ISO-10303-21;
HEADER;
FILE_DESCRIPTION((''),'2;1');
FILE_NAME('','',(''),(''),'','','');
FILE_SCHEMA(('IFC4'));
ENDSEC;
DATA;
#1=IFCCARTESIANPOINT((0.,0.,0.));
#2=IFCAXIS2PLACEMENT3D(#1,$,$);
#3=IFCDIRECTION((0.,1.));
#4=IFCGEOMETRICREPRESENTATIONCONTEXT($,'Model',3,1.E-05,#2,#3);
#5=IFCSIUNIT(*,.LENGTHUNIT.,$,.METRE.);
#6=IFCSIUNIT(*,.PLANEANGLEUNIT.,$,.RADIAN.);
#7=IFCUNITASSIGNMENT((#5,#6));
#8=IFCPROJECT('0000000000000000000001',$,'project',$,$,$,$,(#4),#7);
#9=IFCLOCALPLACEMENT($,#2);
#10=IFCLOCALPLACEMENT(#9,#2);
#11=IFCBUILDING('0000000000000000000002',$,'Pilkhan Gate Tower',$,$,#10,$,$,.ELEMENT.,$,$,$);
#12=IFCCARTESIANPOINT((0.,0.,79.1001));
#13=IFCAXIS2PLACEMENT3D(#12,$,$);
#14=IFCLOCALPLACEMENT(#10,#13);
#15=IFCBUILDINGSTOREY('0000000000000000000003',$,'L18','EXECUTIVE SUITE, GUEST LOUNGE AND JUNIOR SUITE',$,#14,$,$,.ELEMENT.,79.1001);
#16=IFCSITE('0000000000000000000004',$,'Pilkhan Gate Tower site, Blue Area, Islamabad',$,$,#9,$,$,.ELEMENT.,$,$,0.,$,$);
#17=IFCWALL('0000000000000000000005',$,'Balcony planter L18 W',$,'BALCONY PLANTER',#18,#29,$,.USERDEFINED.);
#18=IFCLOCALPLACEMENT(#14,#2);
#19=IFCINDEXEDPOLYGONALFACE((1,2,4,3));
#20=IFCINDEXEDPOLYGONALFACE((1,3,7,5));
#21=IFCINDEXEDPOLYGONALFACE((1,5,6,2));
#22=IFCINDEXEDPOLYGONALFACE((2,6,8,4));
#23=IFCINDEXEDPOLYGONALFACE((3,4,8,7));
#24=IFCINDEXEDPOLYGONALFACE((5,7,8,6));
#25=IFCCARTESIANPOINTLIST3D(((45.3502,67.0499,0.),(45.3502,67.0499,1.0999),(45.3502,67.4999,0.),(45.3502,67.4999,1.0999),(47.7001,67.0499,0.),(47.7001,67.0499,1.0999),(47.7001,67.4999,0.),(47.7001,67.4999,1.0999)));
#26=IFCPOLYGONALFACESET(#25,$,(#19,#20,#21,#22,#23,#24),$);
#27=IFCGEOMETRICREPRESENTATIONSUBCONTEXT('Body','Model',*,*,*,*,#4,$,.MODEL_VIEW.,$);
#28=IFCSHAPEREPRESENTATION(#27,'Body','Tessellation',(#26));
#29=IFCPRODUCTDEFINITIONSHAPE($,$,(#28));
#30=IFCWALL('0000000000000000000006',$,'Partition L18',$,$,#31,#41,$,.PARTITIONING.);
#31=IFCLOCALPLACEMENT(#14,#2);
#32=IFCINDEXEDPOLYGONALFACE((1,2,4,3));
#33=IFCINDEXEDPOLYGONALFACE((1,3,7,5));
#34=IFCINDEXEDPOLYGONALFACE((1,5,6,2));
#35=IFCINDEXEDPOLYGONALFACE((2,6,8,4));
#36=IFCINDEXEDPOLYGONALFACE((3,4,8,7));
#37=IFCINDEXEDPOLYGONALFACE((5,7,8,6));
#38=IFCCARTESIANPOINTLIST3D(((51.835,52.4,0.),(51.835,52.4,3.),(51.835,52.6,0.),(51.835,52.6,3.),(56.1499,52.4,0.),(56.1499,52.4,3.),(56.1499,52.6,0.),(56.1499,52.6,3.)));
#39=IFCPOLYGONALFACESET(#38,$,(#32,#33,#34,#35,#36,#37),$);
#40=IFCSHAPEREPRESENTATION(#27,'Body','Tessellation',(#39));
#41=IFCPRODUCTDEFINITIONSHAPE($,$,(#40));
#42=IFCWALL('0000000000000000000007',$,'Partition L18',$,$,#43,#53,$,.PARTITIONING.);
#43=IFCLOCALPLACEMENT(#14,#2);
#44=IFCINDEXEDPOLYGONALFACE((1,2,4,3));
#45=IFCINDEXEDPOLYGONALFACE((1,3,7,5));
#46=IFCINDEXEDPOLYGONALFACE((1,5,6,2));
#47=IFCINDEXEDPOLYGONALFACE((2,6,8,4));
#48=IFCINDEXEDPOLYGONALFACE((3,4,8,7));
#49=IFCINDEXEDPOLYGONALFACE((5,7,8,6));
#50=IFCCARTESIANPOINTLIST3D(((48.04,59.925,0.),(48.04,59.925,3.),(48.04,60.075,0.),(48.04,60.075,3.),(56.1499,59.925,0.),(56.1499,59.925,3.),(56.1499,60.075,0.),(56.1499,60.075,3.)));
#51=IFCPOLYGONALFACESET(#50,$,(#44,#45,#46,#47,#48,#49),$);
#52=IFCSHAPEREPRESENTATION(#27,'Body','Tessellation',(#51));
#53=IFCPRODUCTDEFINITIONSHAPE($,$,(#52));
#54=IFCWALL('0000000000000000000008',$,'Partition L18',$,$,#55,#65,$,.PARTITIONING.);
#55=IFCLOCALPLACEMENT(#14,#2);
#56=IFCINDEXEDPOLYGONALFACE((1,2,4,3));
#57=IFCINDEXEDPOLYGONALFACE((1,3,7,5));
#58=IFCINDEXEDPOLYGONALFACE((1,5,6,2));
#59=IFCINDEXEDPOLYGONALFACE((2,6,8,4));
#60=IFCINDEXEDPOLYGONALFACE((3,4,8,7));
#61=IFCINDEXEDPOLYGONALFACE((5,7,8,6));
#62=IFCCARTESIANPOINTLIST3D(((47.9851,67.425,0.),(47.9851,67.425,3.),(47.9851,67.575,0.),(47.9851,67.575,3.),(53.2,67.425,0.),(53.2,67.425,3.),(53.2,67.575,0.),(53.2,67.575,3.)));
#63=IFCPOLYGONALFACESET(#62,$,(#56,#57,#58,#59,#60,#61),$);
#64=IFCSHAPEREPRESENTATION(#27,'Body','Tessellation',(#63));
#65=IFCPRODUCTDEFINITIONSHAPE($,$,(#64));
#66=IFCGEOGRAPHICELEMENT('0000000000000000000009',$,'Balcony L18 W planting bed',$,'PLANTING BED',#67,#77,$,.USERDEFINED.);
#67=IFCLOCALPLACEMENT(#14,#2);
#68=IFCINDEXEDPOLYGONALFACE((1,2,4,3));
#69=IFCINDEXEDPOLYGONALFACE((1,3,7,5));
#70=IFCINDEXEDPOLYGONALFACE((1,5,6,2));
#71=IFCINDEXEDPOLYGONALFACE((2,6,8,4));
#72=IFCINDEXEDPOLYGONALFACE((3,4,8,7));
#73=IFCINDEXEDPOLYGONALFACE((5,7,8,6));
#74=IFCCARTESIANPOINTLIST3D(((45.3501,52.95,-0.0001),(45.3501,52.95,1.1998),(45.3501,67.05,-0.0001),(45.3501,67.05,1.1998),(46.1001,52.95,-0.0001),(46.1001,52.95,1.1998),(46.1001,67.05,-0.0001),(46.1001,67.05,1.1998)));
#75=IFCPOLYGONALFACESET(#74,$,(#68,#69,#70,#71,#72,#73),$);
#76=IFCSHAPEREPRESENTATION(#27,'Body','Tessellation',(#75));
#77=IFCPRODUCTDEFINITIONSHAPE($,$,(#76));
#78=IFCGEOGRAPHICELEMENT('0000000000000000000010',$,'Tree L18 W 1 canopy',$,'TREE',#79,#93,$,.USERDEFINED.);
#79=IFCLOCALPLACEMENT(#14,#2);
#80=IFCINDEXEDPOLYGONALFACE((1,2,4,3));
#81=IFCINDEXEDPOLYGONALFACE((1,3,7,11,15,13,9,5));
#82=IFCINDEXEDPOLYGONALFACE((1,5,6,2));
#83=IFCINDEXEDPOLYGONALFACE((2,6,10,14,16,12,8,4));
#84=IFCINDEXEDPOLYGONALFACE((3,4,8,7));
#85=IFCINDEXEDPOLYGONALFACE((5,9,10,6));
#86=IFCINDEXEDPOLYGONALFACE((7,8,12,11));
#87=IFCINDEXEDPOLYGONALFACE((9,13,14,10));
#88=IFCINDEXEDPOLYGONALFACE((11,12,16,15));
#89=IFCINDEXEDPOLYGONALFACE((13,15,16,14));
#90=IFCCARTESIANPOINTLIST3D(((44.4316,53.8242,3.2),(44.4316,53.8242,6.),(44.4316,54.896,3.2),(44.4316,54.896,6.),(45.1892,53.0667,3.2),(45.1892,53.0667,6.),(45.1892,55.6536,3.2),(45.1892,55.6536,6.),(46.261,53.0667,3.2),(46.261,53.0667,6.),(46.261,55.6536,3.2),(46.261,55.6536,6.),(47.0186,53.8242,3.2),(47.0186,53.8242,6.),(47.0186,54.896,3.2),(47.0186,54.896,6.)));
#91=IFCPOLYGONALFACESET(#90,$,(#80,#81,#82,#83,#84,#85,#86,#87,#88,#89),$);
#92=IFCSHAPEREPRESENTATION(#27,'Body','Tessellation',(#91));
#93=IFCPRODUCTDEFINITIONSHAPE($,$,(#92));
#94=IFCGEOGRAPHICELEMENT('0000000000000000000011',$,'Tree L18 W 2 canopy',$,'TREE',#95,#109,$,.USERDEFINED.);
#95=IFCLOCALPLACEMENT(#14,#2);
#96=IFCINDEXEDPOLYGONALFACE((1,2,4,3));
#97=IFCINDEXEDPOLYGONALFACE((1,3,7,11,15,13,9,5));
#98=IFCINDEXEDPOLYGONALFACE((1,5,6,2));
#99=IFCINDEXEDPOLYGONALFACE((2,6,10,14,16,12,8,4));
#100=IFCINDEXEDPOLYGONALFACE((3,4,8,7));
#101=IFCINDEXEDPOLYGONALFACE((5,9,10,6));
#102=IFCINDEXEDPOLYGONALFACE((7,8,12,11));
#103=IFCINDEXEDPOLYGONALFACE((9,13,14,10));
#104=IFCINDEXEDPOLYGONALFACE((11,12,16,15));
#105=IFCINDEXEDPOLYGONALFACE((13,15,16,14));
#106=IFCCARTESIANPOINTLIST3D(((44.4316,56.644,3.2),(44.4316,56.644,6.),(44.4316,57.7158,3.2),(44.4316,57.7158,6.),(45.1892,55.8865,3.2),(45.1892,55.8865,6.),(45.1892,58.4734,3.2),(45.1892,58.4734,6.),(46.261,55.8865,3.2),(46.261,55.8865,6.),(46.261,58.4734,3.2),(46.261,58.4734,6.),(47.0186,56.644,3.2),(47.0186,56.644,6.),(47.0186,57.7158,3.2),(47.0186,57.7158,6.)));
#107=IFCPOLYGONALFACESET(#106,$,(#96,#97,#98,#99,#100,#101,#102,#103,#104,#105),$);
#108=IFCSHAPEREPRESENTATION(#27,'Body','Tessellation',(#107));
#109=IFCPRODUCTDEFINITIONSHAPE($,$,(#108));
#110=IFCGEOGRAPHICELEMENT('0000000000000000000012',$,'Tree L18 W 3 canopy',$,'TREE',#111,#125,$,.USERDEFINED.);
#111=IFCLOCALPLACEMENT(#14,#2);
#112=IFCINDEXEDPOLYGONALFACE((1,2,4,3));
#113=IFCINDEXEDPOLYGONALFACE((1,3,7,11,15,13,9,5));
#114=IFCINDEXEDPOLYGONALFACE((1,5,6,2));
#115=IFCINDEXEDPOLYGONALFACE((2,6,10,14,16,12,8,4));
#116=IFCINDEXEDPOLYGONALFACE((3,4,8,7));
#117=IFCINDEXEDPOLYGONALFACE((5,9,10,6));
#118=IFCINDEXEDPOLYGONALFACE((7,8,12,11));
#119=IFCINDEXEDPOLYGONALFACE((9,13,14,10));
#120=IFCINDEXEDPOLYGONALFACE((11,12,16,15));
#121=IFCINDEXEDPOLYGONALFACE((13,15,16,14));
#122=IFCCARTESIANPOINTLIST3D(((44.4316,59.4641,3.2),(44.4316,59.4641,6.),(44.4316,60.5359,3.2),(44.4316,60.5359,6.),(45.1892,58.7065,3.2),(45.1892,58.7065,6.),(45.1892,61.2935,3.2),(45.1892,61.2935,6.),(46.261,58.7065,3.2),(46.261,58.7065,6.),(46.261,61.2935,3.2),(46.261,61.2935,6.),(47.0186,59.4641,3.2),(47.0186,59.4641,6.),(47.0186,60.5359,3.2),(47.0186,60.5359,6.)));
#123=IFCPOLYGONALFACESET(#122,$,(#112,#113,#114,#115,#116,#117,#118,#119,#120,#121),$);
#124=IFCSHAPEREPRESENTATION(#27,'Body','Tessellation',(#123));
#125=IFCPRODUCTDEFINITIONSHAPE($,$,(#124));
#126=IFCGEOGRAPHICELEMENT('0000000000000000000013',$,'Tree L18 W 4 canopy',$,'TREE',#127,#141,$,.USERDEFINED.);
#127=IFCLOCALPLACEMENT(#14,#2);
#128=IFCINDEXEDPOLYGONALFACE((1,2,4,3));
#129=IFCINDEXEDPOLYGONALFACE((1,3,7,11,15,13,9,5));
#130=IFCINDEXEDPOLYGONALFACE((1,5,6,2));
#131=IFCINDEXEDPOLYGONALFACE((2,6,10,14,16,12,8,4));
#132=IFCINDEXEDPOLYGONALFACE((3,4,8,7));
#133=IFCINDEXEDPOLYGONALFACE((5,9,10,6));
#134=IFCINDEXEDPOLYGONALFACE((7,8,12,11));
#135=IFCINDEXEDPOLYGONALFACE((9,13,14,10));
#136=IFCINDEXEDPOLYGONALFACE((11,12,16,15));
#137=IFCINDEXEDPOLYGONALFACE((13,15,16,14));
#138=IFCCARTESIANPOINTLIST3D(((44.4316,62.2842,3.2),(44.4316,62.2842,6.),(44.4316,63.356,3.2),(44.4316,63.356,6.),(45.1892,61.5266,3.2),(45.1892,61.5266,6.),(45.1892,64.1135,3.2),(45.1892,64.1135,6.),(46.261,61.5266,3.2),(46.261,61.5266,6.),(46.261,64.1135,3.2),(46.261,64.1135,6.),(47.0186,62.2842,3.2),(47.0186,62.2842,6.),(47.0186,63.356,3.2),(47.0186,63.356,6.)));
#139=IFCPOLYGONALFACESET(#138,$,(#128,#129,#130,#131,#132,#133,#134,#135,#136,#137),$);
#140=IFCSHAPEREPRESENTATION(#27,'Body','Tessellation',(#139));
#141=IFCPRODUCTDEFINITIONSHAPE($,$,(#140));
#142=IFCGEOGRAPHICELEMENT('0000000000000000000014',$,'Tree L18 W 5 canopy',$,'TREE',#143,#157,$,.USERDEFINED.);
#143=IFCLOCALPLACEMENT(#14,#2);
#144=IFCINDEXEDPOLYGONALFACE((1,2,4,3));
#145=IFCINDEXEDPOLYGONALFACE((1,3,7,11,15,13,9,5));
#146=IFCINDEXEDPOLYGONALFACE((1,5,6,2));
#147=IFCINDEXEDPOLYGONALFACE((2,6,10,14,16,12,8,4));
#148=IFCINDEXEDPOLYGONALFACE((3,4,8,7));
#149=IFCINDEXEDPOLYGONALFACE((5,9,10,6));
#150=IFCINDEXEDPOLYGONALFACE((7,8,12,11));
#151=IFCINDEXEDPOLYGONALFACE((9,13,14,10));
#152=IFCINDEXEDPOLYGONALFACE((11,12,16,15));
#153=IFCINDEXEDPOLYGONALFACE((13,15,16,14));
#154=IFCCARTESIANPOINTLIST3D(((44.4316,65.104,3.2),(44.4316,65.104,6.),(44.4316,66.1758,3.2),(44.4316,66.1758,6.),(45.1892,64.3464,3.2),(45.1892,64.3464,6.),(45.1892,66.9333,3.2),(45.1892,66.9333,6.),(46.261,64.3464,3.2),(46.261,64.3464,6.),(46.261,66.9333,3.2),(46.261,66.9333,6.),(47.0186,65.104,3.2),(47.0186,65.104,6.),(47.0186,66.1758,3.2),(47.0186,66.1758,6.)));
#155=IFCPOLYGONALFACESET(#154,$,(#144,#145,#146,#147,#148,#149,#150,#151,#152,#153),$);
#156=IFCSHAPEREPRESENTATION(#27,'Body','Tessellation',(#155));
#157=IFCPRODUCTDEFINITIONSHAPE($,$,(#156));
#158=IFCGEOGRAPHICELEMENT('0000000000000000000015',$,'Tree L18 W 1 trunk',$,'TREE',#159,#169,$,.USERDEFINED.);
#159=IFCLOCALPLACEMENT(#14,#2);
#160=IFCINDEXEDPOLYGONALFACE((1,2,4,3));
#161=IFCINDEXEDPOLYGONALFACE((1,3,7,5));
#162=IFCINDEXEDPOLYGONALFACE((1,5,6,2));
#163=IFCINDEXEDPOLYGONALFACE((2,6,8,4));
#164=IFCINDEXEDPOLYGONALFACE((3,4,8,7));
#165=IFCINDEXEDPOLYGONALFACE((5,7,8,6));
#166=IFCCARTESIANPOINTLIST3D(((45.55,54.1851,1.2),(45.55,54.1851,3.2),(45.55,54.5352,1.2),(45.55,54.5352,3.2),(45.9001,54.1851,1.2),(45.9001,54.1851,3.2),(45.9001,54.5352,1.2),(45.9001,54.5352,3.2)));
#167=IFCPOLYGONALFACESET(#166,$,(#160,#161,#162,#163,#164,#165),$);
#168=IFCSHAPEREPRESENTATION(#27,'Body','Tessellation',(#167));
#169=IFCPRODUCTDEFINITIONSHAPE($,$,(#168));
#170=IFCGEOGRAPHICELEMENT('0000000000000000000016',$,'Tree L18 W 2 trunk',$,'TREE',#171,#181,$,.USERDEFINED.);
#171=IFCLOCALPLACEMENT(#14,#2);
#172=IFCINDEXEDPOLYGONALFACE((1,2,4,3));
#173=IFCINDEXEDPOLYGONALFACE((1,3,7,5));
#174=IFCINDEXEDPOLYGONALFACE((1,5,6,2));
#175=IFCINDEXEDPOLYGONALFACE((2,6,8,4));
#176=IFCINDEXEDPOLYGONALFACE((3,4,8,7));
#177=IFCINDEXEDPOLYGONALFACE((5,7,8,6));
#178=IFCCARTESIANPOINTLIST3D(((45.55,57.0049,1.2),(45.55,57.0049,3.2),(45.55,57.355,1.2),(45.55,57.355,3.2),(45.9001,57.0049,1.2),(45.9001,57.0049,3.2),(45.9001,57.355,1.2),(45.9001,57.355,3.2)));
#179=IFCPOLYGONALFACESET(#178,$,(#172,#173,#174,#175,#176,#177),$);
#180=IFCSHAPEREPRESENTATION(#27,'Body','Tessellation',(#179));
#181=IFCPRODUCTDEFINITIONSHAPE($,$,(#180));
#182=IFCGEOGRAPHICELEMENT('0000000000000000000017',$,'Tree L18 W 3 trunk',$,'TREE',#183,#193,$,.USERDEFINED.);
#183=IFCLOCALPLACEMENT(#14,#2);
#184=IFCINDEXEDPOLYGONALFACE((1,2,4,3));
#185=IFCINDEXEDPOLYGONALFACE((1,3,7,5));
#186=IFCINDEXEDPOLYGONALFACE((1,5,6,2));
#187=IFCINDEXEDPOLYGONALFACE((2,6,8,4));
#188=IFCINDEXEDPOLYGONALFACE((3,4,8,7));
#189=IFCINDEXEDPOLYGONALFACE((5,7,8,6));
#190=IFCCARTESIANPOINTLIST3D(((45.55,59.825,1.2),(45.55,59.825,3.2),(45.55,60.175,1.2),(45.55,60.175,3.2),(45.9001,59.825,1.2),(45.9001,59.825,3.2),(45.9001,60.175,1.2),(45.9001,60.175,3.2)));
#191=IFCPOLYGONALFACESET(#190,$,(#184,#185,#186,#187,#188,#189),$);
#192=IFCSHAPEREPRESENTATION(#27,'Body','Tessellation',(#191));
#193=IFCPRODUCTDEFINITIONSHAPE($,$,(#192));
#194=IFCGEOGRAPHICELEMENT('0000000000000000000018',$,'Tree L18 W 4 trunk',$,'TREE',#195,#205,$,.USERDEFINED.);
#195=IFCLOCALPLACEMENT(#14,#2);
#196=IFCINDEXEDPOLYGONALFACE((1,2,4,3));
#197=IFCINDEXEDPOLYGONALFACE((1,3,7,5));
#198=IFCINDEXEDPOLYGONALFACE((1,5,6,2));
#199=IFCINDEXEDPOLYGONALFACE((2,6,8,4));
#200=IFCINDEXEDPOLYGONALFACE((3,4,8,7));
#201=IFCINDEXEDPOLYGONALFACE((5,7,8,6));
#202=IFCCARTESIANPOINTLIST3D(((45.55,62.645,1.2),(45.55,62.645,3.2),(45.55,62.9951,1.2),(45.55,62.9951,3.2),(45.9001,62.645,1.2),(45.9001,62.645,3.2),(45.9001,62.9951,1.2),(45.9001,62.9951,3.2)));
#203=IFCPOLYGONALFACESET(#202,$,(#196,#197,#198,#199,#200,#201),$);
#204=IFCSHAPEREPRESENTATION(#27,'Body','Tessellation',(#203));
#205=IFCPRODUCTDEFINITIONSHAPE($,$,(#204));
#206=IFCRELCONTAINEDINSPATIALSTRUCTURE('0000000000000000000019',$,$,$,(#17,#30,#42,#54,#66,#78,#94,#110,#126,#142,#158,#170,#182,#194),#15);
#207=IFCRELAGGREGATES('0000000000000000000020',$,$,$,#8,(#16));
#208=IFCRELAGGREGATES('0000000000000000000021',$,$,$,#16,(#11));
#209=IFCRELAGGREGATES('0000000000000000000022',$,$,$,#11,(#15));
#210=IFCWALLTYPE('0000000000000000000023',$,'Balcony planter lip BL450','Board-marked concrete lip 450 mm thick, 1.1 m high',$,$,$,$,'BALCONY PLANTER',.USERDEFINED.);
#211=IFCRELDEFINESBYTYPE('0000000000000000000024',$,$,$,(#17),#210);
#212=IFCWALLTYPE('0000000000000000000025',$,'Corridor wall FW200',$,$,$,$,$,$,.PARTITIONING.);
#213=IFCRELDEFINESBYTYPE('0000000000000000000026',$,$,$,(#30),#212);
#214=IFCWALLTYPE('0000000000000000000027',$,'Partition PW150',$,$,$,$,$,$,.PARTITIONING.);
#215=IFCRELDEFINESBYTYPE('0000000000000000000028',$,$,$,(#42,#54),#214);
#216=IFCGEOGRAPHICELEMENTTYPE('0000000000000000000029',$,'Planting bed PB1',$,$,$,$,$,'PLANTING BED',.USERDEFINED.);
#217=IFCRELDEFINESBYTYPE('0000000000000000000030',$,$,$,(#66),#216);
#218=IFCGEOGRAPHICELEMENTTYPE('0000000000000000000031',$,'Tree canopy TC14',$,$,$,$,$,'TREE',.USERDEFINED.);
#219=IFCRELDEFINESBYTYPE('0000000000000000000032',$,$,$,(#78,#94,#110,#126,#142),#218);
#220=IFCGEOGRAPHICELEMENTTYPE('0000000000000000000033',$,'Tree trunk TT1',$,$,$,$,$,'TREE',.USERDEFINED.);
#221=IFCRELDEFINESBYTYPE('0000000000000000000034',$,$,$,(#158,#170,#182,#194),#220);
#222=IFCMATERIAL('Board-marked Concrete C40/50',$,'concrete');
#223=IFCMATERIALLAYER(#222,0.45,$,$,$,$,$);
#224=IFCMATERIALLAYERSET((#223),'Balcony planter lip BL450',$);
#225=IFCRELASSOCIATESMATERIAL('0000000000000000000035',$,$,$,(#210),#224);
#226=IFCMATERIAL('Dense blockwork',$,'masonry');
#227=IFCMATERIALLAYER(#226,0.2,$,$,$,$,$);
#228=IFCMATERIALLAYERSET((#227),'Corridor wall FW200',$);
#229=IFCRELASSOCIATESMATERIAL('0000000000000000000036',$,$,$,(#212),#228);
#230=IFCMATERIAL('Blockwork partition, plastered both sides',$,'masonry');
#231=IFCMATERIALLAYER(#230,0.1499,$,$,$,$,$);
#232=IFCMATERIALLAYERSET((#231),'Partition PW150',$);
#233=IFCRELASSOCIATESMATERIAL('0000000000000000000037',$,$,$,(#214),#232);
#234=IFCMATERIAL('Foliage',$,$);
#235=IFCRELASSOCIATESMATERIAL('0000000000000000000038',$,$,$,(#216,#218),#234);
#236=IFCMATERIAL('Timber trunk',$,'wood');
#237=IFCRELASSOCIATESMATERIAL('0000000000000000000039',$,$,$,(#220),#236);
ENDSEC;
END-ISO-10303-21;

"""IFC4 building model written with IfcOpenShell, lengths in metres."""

from ifc_helpers import new_model, si_unit, direction, frame, frame_2d, origin, origin_2d, place, context, subcontext, project, spatial, polyline, rectangle, outline, extrude, material, layer, layer_set, material_profile, profile_set, type_object, element, save


model = new_model("IFC4")

# Units and contexts
model_context = context("Model", 3, precision=1e-05, world=origin(), true_north=direction((0.0, 1.0)))
body_context = subcontext(model_context, "Body", "Model", "MODEL_VIEW")
ifc_project = project(units=[si_unit("LENGTHUNIT", "METRE"), si_unit("PLANEANGLEUNIT", "RADIAN")], contexts=[model_context])

# Site, building, storey
site_placement = place(None, origin())
site = spatial("IfcSite", under=ifc_project, at=site_placement, Name="Pilkhan Gate Tower site, Blue Area, Islamabad", CompositionType="ELEMENT", RefElevation=0.0)
building_placement = place(site_placement, origin())
building = spatial("IfcBuilding", under=site, at=building_placement, Name="Pilkhan Gate Tower", CompositionType="ELEMENT")
storey_placement = place(building_placement, frame((0.0, 0.0, 79.1001)))
storey = spatial("IfcBuildingStorey", under=building, at=storey_placement, Name="L18", Description="EXECUTIVE SUITE, GUEST LOUNGE AND JUNIOR SUITE", CompositionType="ELEMENT", Elevation=79.1001)

# Walls
ifc_material_1 = material(Name="Board-marked Concrete C40/50", Category="concrete")
ifc_layer_1 = layer(ifc_material_1, 0.45)
ifc_layer_set_1 = layer_set([ifc_layer_1], Name="Balcony planter lip BL450")
wall_type_1 = type_object("IfcWallType", Name="Balcony planter lip BL450", Description="Board-marked concrete lip 450 mm thick, 1.1 m high", ElementType="BALCONY PLANTER", PredefinedType="USERDEFINED", material=ifc_layer_set_1)
for number, where, z_axis, x_axis, name in (
    (1, (47.7, 67.2749, 0.0), (0.0, 0.0, 1.0), (-1.0, 0.0, 0.0), "Balcony planter L18 W"),
):
    element("IfcWall", number, at=place(storey_placement, frame(where, z_axis=z_axis, x_axis=x_axis)), inside=storey, type_object=wall_type_1, Name=name, ObjectType="BALCONY PLANTER", PredefinedType="USERDEFINED", context=body_context, shape_type="SweptSolid", body=[
        extrude(rectangle(XDim=2.3499, YDim=0.45, at=frame_2d((1.1748, 0.0))), origin(), (0.0, 0.0, 1.0), 1.0999),
    ])
ifc_material_2 = material(Name="Dense blockwork", Category="masonry")
ifc_layer_2 = layer(ifc_material_2, 0.2)
ifc_layer_set_2 = layer_set([ifc_layer_2], Name="Corridor wall FW200")
wall_type_2 = type_object("IfcWallType", Name="Corridor wall FW200", PredefinedType="PARTITIONING", material=ifc_layer_set_2)
wall_1_placement = place(storey_placement, frame((51.835, 52.5, 0.0), z_axis=(0.0, 0.0, 1.0), x_axis=(1.0, 0.0, 0.0)))
element("IfcWall", 2, at=wall_1_placement, inside=storey, type_object=wall_type_2, Name="Partition L18", PredefinedType="PARTITIONING", context=body_context, shape_type="SweptSolid", body=[
    extrude(rectangle(XDim=4.3149, YDim=0.2, at=frame_2d((2.1575, 0.0))), origin(), (0.0, 0.0, 1.0), 3.0),
])

# Walls
ifc_material_3 = material(Name="Blockwork partition, plastered both sides", Category="masonry")
ifc_layer_3 = layer(ifc_material_3, 0.1499)
ifc_layer_set_3 = layer_set([ifc_layer_3], Name="Partition PW150")
wall_type_3 = type_object("IfcWallType", Name="Partition PW150", PredefinedType="PARTITIONING", material=ifc_layer_set_3)
wall_2_placement = place(storey_placement, frame((48.04, 60.0, 0.0), z_axis=(0.0, 0.0, 1.0), x_axis=(1.0, 0.0, 0.0)))
element("IfcWall", 3, at=wall_2_placement, inside=storey, type_object=wall_type_3, Name="Partition L18", PredefinedType="PARTITIONING", context=body_context, shape_type="SweptSolid", body=[
    extrude(rectangle(XDim=8.1099, YDim=0.1499, at=frame_2d((4.0549, 0.0))), origin(), (0.0, 0.0, 1.0), 3.0),
])
wall_3_placement = place(storey_placement, frame((47.9851, 67.5, 0.0), z_axis=(0.0, 0.0, 1.0), x_axis=(1.0, 0.0, 0.0)))
element("IfcWall", 4, at=wall_3_placement, inside=storey, type_object=wall_type_3, Name="Partition L18", PredefinedType="PARTITIONING", context=body_context, shape_type="SweptSolid", body=[
    extrude(rectangle(XDim=5.2148, YDim=0.1499, at=frame_2d((2.6074, 0.0))), origin(), (0.0, 0.0, 1.0), 3.0),
])

# Geographic elements
ifc_material_4 = material(Name="Foliage")
ifc_material_profile_1 = material_profile(ifc_material_4, rectangle(XDim=0.75, YDim=1.2, at=origin_2d()), Name="Bed 750x1200")
ifc_profile_set_1 = profile_set([ifc_material_profile_1], Name="Foliage")
geographic_element_type_1 = type_object("IfcGeographicElementType", Name="Planting bed PB1", ElementType="PLANTING BED", PredefinedType="USERDEFINED", material=ifc_profile_set_1)
geographic_element_placement = place(storey_placement, frame((45.7251, 52.95, 0.5999), z_axis=(0.0, 1.0, 0.0), x_axis=(-1.0, 0.0, 0.0)))
element("IfcGeographicElement", 5, at=geographic_element_placement, inside=storey, type_object=geographic_element_type_1, Name="Balcony L18 W planting bed", ObjectType="PLANTING BED", PredefinedType="USERDEFINED", context=body_context, shape_type="SweptSolid", body=[
    extrude(rectangle(XDim=0.75, YDim=1.2, at=origin_2d()), origin(), (0.0, 0.0, 1.0), 14.1001),
])
ifc_material_profile_2 = material_profile(ifc_material_4, outline(polyline([(1.2935, 0.5359), (0.5359, 1.2935), (-0.5359, 1.2935), (-1.2935, 0.5359), (-1.2935, -0.5359), (-0.5359, -1.2935), (0.5359, -1.2935), (1.2935, -0.5359), (1.2935, 0.5359)])), Name="Canopy D2.8")
ifc_profile_set_2 = profile_set([ifc_material_profile_2], Name="Foliage")
geographic_element_type_2 = type_object("IfcGeographicElementType", Name="Tree canopy TC14", ElementType="TREE", PredefinedType="USERDEFINED", material=ifc_profile_set_2)
for number, where, z_axis, x_axis, name in (
    (6, (45.7251, 54.3601, 3.2), (0.0, 0.0, 1.0), (1.0, 0.0, 0.0), "Tree L18 W 1 canopy"),
    (7, (45.7251, 57.1799, 3.2), (0.0, 0.0, 1.0), (1.0, 0.0, 0.0), "Tree L18 W 2 canopy"),
    (8, (45.7251, 60.0, 3.2), (0.0, 0.0, 1.0), (1.0, 0.0, 0.0), "Tree L18 W 3 canopy"),
    (9, (45.7251, 62.8201, 3.2), (0.0, 0.0, 1.0), (1.0, 0.0, 0.0), "Tree L18 W 4 canopy"),
    (10, (45.7251, 65.6399, 3.2), (0.0, 0.0, 1.0), (1.0, 0.0, 0.0), "Tree L18 W 5 canopy"),
):
    element("IfcGeographicElement", number, at=place(storey_placement, frame(where, z_axis=z_axis, x_axis=x_axis)), inside=storey, type_object=geographic_element_type_2, Name=name, ObjectType="TREE", PredefinedType="USERDEFINED", context=body_context, shape_type="SweptSolid", body=[
        extrude(outline(polyline([(1.2935, 0.5359), (0.5359, 1.2935), (-0.5359, 1.2935), (-1.2935, 0.5359), (-1.2935, -0.5359), (-0.5359, -1.2935), (0.5359, -1.2935), (1.2935, -0.5359), (1.2935, 0.5359)])), origin(), (0.0, 0.0, 1.0), 2.8),
    ])
ifc_material_5 = material(Name="Timber trunk", Category="wood")
geographic_element_type_3 = type_object("IfcGeographicElementType", Name="Tree trunk TT1", ElementType="TREE", PredefinedType="USERDEFINED", material=ifc_material_5)
for number, where, z_axis, x_axis, name in (
    (11, (45.7251, 54.3601, 1.2), (0.0, 0.0, 1.0), (1.0, 0.0, 0.0), "Tree L18 W 1 trunk"),
    (12, (45.7251, 57.1799, 1.2), (0.0, 0.0, 1.0), (1.0, 0.0, 0.0), "Tree L18 W 2 trunk"),
    (13, (45.7251, 60.0, 1.2), (0.0, 0.0, 1.0), (1.0, 0.0, 0.0), "Tree L18 W 3 trunk"),
    (14, (45.7251, 62.8201, 1.2), (0.0, 0.0, 1.0), (1.0, 0.0, 0.0), "Tree L18 W 4 trunk"),
):
    element("IfcGeographicElement", number, at=place(storey_placement, frame(where, z_axis=z_axis, x_axis=x_axis)), inside=storey, type_object=geographic_element_type_3, Name=name, ObjectType="TREE", PredefinedType="USERDEFINED", context=body_context, shape_type="SweptSolid", body=[
        extrude(rectangle(XDim=0.3501, YDim=0.3501, at=origin_2d()), origin(), (0.0, 0.0, 1.0), 2.0),
    ])

save(model, "model.ifc")
